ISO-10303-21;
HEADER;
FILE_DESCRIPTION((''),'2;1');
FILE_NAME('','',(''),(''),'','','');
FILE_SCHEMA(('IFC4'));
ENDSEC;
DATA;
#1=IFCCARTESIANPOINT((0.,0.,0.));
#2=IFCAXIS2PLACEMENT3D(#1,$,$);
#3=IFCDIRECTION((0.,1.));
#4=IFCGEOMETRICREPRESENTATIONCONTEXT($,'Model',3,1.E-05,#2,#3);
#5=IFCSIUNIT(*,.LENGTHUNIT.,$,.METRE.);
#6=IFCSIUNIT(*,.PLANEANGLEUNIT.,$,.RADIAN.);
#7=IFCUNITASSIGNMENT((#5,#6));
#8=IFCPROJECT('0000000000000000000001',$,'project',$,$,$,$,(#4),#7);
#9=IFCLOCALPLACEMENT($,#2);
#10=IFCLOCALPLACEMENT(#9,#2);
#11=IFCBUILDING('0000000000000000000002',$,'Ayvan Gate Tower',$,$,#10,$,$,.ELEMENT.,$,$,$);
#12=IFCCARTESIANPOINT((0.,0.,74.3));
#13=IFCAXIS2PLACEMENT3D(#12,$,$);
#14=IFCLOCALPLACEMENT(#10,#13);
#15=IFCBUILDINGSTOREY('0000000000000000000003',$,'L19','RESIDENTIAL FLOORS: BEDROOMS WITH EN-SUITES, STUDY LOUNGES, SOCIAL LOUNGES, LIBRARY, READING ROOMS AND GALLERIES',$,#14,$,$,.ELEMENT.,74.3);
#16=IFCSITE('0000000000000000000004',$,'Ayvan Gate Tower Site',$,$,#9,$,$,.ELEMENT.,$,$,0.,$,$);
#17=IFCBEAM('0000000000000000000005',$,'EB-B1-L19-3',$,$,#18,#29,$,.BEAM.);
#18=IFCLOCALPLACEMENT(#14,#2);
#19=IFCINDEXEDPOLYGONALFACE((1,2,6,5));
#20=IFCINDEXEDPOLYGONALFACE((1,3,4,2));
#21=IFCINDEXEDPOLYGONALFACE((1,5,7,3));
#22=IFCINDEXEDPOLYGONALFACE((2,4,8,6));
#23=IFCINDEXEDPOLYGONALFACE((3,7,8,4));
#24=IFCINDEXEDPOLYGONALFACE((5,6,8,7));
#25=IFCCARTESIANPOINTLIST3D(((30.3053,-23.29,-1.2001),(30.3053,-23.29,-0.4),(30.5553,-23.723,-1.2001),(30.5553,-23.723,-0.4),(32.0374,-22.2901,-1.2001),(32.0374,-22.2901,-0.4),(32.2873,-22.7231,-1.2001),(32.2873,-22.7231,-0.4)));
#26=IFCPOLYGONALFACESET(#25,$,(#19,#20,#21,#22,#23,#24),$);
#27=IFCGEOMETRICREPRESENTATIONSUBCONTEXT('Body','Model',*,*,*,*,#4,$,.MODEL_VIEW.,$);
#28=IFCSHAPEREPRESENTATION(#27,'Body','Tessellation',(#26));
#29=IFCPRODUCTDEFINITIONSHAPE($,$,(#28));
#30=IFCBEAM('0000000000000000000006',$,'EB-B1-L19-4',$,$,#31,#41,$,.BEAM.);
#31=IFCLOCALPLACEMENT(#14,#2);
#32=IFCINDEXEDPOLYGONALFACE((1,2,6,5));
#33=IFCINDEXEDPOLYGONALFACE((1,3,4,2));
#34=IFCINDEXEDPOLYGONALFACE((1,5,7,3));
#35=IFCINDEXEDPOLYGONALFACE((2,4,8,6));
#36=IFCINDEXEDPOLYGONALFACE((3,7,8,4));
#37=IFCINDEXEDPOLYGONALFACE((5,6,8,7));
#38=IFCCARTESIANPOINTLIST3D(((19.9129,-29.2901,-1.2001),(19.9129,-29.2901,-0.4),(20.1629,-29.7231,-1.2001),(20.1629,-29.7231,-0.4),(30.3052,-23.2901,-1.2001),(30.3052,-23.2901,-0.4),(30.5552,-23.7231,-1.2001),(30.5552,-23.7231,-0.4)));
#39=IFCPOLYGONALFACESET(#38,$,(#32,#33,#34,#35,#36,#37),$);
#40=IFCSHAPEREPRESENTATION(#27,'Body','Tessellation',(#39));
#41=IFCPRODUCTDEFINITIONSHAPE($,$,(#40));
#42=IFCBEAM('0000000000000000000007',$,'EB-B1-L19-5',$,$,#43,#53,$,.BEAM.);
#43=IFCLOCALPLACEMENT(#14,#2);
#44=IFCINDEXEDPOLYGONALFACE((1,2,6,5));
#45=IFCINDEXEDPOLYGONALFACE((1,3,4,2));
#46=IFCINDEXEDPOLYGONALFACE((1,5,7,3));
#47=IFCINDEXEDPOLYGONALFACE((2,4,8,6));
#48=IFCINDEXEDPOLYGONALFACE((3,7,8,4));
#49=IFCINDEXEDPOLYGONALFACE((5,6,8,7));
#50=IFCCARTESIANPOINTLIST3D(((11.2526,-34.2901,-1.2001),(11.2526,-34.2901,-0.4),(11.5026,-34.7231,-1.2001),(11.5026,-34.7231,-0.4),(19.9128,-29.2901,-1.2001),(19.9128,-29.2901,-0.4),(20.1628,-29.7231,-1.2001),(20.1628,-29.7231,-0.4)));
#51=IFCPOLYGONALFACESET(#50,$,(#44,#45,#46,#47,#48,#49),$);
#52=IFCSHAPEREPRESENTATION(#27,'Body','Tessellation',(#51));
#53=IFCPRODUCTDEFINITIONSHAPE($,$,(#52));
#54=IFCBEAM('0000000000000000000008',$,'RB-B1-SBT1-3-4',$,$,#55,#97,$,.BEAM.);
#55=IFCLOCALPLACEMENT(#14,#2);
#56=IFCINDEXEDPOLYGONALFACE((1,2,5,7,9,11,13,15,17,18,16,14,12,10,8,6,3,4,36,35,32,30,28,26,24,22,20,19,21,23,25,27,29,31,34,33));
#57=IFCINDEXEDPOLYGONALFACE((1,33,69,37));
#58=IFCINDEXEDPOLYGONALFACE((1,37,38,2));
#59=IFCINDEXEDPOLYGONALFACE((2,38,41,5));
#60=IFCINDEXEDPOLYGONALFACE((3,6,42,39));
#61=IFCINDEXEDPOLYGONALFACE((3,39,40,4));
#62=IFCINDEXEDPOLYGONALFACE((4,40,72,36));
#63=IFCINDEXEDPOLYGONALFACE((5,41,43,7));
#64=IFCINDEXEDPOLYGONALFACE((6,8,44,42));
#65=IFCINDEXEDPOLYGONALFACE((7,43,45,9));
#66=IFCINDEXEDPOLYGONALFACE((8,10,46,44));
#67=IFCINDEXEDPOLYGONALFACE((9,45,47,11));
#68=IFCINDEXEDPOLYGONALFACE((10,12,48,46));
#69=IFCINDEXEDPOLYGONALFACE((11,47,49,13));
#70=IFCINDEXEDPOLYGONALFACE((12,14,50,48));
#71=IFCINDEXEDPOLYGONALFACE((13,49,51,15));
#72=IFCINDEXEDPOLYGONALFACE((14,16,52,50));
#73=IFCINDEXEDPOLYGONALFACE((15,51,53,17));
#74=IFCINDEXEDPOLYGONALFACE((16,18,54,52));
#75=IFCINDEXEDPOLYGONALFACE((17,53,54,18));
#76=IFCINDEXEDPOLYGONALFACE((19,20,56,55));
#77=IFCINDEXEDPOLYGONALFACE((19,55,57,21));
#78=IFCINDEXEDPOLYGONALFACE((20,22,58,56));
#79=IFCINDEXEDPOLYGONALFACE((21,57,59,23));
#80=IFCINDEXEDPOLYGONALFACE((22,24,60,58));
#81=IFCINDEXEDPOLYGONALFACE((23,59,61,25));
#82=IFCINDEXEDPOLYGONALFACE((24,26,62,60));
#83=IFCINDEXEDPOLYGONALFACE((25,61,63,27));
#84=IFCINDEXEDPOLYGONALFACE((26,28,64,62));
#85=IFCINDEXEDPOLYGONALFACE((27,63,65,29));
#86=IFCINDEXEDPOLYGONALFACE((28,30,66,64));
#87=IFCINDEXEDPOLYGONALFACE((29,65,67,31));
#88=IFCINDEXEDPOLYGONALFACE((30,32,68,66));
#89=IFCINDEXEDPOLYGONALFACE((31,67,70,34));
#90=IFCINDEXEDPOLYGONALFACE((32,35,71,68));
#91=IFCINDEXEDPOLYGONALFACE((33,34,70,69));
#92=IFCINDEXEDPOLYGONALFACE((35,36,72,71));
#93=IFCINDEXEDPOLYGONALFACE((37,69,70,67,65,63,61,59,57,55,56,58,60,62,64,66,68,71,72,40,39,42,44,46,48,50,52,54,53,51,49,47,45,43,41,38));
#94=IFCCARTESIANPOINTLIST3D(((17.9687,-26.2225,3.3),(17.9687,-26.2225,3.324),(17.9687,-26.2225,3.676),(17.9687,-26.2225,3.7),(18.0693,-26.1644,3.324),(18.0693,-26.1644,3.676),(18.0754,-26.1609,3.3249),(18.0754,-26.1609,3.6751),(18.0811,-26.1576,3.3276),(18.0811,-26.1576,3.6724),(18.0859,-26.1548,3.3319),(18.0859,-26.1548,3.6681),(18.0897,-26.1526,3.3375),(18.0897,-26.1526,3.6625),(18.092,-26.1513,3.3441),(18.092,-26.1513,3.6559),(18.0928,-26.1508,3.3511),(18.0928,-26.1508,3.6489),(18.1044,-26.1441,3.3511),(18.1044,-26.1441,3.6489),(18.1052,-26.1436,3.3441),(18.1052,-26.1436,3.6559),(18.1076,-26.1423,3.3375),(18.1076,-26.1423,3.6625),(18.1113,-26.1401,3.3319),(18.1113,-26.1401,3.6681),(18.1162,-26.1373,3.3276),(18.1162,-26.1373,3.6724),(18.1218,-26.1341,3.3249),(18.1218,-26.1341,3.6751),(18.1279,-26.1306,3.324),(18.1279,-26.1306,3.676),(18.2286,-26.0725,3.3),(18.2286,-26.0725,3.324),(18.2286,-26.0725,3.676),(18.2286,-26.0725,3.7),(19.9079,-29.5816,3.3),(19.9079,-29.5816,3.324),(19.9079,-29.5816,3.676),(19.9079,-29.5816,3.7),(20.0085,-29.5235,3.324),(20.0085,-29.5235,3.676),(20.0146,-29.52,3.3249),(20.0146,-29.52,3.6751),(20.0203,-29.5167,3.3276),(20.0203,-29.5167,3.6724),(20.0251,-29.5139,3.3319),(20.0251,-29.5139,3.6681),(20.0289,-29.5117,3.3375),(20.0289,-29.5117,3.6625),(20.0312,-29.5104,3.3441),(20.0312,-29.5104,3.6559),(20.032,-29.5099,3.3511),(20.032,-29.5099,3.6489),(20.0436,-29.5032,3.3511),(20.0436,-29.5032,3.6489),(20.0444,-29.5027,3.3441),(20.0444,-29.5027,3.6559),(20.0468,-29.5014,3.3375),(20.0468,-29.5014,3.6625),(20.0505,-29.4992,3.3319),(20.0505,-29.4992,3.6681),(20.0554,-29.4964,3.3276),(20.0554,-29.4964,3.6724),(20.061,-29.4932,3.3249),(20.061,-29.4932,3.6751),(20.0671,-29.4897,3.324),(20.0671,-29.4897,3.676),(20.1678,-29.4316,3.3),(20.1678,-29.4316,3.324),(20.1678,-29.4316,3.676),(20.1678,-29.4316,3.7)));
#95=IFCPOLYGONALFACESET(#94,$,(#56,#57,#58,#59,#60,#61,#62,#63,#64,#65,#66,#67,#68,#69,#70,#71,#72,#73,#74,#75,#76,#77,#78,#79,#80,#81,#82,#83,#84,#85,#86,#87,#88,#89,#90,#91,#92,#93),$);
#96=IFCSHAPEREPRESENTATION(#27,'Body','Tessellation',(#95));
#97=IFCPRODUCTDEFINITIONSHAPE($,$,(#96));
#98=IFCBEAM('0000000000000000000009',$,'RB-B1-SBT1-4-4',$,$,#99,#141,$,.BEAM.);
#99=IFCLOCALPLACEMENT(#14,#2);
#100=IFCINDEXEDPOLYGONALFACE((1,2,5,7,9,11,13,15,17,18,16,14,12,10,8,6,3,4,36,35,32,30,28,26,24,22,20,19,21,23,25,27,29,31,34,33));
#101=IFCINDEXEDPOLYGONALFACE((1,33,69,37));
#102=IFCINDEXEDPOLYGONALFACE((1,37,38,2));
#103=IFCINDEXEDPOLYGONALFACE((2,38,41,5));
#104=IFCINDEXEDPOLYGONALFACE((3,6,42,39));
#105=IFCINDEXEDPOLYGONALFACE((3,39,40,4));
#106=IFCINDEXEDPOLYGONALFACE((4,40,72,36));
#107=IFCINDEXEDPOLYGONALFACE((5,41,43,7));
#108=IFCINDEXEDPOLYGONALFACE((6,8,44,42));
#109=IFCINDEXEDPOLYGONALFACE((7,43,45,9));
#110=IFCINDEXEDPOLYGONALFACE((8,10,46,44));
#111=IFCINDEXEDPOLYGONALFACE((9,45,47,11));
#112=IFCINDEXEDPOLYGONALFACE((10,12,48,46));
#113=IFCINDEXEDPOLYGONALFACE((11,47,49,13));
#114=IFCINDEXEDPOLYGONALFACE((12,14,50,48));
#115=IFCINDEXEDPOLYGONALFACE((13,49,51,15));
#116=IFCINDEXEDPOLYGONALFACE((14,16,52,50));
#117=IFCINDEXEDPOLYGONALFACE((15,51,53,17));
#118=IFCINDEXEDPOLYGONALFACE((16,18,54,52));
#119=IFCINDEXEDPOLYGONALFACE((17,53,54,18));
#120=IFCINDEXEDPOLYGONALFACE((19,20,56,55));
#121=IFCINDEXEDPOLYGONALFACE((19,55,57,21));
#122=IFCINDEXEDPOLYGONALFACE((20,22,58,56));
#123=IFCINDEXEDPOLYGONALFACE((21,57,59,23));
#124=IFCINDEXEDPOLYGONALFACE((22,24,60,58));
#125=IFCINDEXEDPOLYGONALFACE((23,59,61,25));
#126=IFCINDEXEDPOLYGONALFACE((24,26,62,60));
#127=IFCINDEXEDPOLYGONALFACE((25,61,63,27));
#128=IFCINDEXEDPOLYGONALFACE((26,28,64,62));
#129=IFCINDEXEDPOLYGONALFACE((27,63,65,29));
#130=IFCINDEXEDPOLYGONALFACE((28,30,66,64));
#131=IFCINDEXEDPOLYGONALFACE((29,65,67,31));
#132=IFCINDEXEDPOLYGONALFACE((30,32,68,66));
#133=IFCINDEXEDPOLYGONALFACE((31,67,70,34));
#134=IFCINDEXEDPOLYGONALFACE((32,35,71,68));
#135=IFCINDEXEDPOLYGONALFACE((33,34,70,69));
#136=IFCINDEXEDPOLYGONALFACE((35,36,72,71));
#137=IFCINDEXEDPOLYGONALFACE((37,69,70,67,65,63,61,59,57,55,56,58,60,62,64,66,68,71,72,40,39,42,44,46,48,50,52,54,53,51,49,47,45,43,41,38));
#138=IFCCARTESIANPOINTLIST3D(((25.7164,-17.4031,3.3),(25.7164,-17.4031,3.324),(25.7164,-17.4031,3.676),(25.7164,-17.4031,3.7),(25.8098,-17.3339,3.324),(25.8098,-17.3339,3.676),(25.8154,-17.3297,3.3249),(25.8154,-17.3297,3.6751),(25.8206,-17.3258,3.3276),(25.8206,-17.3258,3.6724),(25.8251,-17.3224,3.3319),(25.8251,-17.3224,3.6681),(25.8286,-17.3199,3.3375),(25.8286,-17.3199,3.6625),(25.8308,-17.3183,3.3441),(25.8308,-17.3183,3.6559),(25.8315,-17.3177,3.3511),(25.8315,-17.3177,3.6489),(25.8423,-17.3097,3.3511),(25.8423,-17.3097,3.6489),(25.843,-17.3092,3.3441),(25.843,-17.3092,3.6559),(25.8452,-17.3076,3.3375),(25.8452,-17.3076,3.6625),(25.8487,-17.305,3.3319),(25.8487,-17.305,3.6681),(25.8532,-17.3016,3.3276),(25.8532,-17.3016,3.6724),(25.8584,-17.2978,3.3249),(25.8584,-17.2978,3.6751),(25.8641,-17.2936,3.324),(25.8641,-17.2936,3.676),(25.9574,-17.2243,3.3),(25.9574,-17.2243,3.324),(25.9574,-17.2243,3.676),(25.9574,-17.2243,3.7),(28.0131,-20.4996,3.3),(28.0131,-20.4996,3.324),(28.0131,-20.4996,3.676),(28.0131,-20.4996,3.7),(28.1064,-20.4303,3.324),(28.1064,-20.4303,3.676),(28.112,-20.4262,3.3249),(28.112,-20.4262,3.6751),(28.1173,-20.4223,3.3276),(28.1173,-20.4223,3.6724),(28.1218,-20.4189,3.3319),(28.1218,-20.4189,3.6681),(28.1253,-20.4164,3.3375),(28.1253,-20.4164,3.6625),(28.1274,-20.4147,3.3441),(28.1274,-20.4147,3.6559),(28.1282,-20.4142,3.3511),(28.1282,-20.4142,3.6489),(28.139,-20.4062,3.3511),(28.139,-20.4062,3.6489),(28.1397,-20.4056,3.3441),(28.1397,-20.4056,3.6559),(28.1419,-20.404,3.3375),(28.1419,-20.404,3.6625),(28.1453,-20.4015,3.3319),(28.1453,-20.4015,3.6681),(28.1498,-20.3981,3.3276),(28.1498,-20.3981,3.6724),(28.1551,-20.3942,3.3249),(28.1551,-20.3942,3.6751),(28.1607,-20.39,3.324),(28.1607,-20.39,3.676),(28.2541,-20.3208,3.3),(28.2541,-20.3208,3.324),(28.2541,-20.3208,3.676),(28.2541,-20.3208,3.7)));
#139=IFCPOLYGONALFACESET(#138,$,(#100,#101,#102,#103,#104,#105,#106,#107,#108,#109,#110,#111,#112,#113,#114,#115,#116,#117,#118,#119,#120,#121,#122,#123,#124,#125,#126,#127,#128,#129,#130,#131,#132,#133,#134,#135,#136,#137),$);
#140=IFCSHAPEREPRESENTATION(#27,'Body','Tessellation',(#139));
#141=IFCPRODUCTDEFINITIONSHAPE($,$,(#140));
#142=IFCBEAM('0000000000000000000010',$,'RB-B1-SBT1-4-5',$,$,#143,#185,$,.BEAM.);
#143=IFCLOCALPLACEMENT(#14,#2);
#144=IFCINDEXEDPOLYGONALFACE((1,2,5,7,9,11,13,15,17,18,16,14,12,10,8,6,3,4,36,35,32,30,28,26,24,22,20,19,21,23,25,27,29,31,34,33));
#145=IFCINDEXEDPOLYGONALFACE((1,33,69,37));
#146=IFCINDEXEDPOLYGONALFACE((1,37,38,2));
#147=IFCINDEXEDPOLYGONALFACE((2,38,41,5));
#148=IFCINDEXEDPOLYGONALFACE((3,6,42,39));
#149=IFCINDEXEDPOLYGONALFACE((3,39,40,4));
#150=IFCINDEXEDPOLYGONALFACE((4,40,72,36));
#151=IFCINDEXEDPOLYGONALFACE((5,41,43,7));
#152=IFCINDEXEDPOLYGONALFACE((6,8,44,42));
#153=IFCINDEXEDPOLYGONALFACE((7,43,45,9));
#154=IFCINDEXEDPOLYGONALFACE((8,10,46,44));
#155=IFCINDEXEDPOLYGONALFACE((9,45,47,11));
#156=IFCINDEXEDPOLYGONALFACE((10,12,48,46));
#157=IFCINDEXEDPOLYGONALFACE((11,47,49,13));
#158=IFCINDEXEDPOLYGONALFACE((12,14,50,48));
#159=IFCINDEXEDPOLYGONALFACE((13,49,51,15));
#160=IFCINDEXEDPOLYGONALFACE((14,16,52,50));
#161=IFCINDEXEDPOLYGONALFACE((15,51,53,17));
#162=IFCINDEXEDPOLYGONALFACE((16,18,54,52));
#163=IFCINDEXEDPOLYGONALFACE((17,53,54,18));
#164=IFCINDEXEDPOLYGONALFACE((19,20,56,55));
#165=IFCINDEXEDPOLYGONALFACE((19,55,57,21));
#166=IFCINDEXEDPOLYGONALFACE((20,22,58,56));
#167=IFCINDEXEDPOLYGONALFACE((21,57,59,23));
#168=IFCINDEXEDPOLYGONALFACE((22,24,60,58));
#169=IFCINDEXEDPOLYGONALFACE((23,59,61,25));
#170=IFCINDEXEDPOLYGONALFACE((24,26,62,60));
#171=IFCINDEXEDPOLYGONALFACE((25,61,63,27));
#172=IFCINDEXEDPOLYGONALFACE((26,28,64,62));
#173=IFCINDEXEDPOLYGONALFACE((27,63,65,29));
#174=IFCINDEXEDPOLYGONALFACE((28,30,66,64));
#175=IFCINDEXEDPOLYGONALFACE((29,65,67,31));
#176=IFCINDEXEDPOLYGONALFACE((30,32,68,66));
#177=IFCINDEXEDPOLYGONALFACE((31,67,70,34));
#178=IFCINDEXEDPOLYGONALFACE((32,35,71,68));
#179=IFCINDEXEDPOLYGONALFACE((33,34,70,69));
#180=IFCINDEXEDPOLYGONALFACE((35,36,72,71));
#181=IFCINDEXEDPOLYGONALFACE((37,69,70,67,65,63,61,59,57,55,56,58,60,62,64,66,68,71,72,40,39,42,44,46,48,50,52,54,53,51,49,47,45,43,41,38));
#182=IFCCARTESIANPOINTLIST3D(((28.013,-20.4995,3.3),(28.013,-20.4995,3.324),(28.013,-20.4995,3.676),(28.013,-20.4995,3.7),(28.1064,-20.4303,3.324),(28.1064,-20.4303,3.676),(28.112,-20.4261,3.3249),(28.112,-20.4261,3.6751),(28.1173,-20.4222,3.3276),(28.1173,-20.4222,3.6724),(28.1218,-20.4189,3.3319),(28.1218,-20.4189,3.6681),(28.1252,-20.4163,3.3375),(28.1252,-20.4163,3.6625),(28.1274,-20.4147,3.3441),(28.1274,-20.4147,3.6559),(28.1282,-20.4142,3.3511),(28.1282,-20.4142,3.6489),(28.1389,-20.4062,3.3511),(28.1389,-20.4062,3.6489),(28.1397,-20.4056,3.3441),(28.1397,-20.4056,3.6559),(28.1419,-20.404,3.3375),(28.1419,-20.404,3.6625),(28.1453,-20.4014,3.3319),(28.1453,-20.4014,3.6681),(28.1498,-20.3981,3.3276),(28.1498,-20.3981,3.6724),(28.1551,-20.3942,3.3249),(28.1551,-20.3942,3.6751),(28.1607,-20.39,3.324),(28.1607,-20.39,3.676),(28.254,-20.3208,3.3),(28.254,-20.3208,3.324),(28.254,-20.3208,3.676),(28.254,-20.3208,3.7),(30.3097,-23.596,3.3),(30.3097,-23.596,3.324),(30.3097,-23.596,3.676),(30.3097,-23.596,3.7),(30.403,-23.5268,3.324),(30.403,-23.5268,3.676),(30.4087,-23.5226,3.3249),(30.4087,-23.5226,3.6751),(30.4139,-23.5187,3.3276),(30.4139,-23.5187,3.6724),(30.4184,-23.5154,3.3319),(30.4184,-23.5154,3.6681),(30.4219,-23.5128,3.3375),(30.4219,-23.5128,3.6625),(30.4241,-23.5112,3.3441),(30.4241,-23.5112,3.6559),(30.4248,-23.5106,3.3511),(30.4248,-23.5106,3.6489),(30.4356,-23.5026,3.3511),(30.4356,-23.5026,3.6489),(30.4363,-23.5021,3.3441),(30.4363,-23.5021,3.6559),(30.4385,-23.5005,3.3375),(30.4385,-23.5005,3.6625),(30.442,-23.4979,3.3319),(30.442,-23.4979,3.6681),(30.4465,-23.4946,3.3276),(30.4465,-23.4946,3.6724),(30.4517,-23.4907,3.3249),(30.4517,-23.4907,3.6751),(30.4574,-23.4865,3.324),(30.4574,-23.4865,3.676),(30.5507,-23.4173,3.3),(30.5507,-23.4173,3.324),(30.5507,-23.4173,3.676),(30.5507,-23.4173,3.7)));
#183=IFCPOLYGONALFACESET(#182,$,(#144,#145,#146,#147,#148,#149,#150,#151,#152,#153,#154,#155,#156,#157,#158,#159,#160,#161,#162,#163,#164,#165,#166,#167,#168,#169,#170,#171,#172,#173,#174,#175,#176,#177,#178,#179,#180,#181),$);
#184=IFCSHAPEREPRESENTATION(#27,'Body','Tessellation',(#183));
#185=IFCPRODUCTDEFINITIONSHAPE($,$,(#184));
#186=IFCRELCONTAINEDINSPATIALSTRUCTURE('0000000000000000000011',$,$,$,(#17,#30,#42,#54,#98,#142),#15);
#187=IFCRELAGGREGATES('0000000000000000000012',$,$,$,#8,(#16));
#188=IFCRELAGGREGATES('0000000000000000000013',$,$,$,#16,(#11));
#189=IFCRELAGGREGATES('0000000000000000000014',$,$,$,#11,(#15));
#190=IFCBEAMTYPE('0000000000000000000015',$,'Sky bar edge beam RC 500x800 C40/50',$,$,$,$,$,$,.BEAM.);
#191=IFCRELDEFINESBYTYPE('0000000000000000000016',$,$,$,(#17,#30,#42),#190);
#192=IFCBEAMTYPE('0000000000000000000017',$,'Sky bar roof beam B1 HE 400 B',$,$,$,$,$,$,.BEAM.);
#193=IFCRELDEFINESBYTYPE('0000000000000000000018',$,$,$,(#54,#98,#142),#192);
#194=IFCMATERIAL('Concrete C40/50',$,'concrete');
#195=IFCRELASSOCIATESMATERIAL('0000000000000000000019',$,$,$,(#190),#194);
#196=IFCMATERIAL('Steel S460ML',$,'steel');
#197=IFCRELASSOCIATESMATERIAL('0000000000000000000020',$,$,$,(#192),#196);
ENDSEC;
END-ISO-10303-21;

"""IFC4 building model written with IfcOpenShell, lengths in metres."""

from ifc_helpers import new_model, si_unit, direction, frame, origin, origin_2d, place, context, subcontext, project, spatial, rectangle, i_section, extrude, material, material_profile, profile_set, type_object, element, save


model = new_model("IFC4")

# Units and contexts
model_context = context("Model", 3, precision=1e-05, world=origin(), true_north=direction((0.0, 1.0)))
body_context = subcontext(model_context, "Body", "Model", "MODEL_VIEW")
ifc_project = project(units=[si_unit("LENGTHUNIT", "METRE"), si_unit("PLANEANGLEUNIT", "RADIAN")], contexts=[model_context])

# Site, building, storey
site_placement = place(None, origin())
site = spatial("IfcSite", under=ifc_project, at=site_placement, Name="Ayvan Gate Tower Site", CompositionType="ELEMENT", RefElevation=0.0)
building_placement = place(site_placement, origin())
building = spatial("IfcBuilding", under=site, at=building_placement, Name="Ayvan Gate Tower", CompositionType="ELEMENT")
storey_placement = place(building_placement, frame((0.0, 0.0, 74.3)))
storey = spatial("IfcBuildingStorey", under=building, at=storey_placement, Name="L19", Description="RESIDENTIAL FLOORS: BEDROOMS WITH EN-SUITES, STUDY LOUNGES, SOCIAL LOUNGES, LIBRARY, READING ROOMS AND GALLERIES", CompositionType="ELEMENT", Elevation=74.3)

# Beams
ifc_material_1 = material(Name="Concrete C40/50", Category="concrete")
ifc_material_profile_1 = material_profile(ifc_material_1, rectangle(XDim=0.5, YDim=0.8, at=origin_2d()), Name="RC 500x800")
ifc_profile_set_1 = profile_set([ifc_material_profile_1], Name="Concrete C40/50")
beam_type_1 = type_object("IfcBeamType", Name="Sky bar edge beam RC 500x800 C40/50", PredefinedType="BEAM", material=ifc_profile_set_1)
beam_1_placement = place(storey_placement, frame((32.1624, -22.5066, -0.8), z_axis=(-0.866041, -0.499973, 0.0), x_axis=(0.499973, -0.866041, 0.0)))
element("IfcBeam", 1, at=beam_1_placement, inside=storey, type_object=beam_type_1, Name="EB-B1-L19-3", PredefinedType="BEAM", context=body_context, shape_type="SweptSolid", body=[
    extrude(rectangle(XDim=0.5, YDim=0.8, at=origin_2d()), origin(), (0.0, 0.0, 1.0), 2.0),
])
beam_2_placement = place(storey_placement, frame((30.4302, -23.5066, -0.8), z_axis=(-0.866026, -0.499999, 0.0), x_axis=(0.499999, -0.866026, 0.0)))
element("IfcBeam", 2, at=beam_2_placement, inside=storey, type_object=beam_type_1, Name="EB-B1-L19-4", PredefinedType="BEAM", context=body_context, shape_type="SweptSolid", body=[
    extrude(rectangle(XDim=0.5, YDim=0.8, at=origin_2d()), origin(), (0.0, 0.0, 1.0), 12.0),
])
beam_3_placement = place(storey_placement, frame((20.0378, -29.5066, -0.8), z_axis=(-0.866023, -0.500004, 0.0), x_axis=(0.500004, -0.866023, 0.0)))
element("IfcBeam", 3, at=beam_3_placement, inside=storey, type_object=beam_type_1, Name="EB-B1-L19-5", PredefinedType="BEAM", context=body_context, shape_type="SweptSolid", body=[
    extrude(rectangle(XDim=0.5, YDim=0.8, at=origin_2d()), origin(), (0.0, 0.0, 1.0), 10.0),
])
ifc_material_2 = material(Name="Steel S460ML", Category="steel")
ifc_material_profile_2 = material_profile(ifc_material_2, i_section(OverallWidth=0.3, OverallDepth=0.3999, WebThickness=0.0134, FlangeThickness=0.0239, FilletRadius=0.0271, at=origin_2d()), Name="HE 400 B")
ifc_profile_set_2 = profile_set([ifc_material_profile_2], Name="Steel S460ML")
beam_type_2 = type_object("IfcBeamType", Name="Sky bar roof beam B1 HE 400 B", PredefinedType="BEAM", material=ifc_profile_set_2)
beam_4_placement = place(storey_placement, frame((18.0986, -26.1475, 3.5), z_axis=(0.499964, -0.866046, 0.0), x_axis=(0.866046, 0.499964, 0.0)))
element("IfcBeam", 4, at=beam_4_placement, inside=storey, type_object=beam_type_2, Name="RB-B1-SBT1-3-4", PredefinedType="BEAM", context=body_context, shape_type="SweptSolid", body=[
    extrude(i_section(OverallWidth=0.3, OverallDepth=0.3999, WebThickness=0.0134, FlangeThickness=0.0239, FilletRadius=0.0271, at=origin_2d()), origin(), (0.0, 0.0, 1.0), 3.8787),
])
for number, where, z_axis, x_axis, name in (
    (5, (25.8369, -17.3137, 3.5), (0.595726, -0.803188, 0.0), (0.803188, 0.595726, 0.0), "RB-B1-SBT1-4-4"),
    (6, (28.1335, -20.4102, 3.5), (0.595726, -0.803188, 0.0), (0.803188, 0.595726, 0.0), "RB-B1-SBT1-4-5"),
):
    element("IfcBeam", number, at=place(storey_placement, frame(where, z_axis=z_axis, x_axis=x_axis)), inside=storey, type_object=beam_type_2, Name=name, PredefinedType="BEAM", context=body_context, shape_type="SweptSolid", body=[
        extrude(i_section(OverallWidth=0.3, OverallDepth=0.3999, WebThickness=0.0134, FlangeThickness=0.0239, FilletRadius=0.0271, at=origin_2d()), origin(), (0.0, 0.0, 1.0), 3.8552),
    ])

save(model, "model.ifc")
